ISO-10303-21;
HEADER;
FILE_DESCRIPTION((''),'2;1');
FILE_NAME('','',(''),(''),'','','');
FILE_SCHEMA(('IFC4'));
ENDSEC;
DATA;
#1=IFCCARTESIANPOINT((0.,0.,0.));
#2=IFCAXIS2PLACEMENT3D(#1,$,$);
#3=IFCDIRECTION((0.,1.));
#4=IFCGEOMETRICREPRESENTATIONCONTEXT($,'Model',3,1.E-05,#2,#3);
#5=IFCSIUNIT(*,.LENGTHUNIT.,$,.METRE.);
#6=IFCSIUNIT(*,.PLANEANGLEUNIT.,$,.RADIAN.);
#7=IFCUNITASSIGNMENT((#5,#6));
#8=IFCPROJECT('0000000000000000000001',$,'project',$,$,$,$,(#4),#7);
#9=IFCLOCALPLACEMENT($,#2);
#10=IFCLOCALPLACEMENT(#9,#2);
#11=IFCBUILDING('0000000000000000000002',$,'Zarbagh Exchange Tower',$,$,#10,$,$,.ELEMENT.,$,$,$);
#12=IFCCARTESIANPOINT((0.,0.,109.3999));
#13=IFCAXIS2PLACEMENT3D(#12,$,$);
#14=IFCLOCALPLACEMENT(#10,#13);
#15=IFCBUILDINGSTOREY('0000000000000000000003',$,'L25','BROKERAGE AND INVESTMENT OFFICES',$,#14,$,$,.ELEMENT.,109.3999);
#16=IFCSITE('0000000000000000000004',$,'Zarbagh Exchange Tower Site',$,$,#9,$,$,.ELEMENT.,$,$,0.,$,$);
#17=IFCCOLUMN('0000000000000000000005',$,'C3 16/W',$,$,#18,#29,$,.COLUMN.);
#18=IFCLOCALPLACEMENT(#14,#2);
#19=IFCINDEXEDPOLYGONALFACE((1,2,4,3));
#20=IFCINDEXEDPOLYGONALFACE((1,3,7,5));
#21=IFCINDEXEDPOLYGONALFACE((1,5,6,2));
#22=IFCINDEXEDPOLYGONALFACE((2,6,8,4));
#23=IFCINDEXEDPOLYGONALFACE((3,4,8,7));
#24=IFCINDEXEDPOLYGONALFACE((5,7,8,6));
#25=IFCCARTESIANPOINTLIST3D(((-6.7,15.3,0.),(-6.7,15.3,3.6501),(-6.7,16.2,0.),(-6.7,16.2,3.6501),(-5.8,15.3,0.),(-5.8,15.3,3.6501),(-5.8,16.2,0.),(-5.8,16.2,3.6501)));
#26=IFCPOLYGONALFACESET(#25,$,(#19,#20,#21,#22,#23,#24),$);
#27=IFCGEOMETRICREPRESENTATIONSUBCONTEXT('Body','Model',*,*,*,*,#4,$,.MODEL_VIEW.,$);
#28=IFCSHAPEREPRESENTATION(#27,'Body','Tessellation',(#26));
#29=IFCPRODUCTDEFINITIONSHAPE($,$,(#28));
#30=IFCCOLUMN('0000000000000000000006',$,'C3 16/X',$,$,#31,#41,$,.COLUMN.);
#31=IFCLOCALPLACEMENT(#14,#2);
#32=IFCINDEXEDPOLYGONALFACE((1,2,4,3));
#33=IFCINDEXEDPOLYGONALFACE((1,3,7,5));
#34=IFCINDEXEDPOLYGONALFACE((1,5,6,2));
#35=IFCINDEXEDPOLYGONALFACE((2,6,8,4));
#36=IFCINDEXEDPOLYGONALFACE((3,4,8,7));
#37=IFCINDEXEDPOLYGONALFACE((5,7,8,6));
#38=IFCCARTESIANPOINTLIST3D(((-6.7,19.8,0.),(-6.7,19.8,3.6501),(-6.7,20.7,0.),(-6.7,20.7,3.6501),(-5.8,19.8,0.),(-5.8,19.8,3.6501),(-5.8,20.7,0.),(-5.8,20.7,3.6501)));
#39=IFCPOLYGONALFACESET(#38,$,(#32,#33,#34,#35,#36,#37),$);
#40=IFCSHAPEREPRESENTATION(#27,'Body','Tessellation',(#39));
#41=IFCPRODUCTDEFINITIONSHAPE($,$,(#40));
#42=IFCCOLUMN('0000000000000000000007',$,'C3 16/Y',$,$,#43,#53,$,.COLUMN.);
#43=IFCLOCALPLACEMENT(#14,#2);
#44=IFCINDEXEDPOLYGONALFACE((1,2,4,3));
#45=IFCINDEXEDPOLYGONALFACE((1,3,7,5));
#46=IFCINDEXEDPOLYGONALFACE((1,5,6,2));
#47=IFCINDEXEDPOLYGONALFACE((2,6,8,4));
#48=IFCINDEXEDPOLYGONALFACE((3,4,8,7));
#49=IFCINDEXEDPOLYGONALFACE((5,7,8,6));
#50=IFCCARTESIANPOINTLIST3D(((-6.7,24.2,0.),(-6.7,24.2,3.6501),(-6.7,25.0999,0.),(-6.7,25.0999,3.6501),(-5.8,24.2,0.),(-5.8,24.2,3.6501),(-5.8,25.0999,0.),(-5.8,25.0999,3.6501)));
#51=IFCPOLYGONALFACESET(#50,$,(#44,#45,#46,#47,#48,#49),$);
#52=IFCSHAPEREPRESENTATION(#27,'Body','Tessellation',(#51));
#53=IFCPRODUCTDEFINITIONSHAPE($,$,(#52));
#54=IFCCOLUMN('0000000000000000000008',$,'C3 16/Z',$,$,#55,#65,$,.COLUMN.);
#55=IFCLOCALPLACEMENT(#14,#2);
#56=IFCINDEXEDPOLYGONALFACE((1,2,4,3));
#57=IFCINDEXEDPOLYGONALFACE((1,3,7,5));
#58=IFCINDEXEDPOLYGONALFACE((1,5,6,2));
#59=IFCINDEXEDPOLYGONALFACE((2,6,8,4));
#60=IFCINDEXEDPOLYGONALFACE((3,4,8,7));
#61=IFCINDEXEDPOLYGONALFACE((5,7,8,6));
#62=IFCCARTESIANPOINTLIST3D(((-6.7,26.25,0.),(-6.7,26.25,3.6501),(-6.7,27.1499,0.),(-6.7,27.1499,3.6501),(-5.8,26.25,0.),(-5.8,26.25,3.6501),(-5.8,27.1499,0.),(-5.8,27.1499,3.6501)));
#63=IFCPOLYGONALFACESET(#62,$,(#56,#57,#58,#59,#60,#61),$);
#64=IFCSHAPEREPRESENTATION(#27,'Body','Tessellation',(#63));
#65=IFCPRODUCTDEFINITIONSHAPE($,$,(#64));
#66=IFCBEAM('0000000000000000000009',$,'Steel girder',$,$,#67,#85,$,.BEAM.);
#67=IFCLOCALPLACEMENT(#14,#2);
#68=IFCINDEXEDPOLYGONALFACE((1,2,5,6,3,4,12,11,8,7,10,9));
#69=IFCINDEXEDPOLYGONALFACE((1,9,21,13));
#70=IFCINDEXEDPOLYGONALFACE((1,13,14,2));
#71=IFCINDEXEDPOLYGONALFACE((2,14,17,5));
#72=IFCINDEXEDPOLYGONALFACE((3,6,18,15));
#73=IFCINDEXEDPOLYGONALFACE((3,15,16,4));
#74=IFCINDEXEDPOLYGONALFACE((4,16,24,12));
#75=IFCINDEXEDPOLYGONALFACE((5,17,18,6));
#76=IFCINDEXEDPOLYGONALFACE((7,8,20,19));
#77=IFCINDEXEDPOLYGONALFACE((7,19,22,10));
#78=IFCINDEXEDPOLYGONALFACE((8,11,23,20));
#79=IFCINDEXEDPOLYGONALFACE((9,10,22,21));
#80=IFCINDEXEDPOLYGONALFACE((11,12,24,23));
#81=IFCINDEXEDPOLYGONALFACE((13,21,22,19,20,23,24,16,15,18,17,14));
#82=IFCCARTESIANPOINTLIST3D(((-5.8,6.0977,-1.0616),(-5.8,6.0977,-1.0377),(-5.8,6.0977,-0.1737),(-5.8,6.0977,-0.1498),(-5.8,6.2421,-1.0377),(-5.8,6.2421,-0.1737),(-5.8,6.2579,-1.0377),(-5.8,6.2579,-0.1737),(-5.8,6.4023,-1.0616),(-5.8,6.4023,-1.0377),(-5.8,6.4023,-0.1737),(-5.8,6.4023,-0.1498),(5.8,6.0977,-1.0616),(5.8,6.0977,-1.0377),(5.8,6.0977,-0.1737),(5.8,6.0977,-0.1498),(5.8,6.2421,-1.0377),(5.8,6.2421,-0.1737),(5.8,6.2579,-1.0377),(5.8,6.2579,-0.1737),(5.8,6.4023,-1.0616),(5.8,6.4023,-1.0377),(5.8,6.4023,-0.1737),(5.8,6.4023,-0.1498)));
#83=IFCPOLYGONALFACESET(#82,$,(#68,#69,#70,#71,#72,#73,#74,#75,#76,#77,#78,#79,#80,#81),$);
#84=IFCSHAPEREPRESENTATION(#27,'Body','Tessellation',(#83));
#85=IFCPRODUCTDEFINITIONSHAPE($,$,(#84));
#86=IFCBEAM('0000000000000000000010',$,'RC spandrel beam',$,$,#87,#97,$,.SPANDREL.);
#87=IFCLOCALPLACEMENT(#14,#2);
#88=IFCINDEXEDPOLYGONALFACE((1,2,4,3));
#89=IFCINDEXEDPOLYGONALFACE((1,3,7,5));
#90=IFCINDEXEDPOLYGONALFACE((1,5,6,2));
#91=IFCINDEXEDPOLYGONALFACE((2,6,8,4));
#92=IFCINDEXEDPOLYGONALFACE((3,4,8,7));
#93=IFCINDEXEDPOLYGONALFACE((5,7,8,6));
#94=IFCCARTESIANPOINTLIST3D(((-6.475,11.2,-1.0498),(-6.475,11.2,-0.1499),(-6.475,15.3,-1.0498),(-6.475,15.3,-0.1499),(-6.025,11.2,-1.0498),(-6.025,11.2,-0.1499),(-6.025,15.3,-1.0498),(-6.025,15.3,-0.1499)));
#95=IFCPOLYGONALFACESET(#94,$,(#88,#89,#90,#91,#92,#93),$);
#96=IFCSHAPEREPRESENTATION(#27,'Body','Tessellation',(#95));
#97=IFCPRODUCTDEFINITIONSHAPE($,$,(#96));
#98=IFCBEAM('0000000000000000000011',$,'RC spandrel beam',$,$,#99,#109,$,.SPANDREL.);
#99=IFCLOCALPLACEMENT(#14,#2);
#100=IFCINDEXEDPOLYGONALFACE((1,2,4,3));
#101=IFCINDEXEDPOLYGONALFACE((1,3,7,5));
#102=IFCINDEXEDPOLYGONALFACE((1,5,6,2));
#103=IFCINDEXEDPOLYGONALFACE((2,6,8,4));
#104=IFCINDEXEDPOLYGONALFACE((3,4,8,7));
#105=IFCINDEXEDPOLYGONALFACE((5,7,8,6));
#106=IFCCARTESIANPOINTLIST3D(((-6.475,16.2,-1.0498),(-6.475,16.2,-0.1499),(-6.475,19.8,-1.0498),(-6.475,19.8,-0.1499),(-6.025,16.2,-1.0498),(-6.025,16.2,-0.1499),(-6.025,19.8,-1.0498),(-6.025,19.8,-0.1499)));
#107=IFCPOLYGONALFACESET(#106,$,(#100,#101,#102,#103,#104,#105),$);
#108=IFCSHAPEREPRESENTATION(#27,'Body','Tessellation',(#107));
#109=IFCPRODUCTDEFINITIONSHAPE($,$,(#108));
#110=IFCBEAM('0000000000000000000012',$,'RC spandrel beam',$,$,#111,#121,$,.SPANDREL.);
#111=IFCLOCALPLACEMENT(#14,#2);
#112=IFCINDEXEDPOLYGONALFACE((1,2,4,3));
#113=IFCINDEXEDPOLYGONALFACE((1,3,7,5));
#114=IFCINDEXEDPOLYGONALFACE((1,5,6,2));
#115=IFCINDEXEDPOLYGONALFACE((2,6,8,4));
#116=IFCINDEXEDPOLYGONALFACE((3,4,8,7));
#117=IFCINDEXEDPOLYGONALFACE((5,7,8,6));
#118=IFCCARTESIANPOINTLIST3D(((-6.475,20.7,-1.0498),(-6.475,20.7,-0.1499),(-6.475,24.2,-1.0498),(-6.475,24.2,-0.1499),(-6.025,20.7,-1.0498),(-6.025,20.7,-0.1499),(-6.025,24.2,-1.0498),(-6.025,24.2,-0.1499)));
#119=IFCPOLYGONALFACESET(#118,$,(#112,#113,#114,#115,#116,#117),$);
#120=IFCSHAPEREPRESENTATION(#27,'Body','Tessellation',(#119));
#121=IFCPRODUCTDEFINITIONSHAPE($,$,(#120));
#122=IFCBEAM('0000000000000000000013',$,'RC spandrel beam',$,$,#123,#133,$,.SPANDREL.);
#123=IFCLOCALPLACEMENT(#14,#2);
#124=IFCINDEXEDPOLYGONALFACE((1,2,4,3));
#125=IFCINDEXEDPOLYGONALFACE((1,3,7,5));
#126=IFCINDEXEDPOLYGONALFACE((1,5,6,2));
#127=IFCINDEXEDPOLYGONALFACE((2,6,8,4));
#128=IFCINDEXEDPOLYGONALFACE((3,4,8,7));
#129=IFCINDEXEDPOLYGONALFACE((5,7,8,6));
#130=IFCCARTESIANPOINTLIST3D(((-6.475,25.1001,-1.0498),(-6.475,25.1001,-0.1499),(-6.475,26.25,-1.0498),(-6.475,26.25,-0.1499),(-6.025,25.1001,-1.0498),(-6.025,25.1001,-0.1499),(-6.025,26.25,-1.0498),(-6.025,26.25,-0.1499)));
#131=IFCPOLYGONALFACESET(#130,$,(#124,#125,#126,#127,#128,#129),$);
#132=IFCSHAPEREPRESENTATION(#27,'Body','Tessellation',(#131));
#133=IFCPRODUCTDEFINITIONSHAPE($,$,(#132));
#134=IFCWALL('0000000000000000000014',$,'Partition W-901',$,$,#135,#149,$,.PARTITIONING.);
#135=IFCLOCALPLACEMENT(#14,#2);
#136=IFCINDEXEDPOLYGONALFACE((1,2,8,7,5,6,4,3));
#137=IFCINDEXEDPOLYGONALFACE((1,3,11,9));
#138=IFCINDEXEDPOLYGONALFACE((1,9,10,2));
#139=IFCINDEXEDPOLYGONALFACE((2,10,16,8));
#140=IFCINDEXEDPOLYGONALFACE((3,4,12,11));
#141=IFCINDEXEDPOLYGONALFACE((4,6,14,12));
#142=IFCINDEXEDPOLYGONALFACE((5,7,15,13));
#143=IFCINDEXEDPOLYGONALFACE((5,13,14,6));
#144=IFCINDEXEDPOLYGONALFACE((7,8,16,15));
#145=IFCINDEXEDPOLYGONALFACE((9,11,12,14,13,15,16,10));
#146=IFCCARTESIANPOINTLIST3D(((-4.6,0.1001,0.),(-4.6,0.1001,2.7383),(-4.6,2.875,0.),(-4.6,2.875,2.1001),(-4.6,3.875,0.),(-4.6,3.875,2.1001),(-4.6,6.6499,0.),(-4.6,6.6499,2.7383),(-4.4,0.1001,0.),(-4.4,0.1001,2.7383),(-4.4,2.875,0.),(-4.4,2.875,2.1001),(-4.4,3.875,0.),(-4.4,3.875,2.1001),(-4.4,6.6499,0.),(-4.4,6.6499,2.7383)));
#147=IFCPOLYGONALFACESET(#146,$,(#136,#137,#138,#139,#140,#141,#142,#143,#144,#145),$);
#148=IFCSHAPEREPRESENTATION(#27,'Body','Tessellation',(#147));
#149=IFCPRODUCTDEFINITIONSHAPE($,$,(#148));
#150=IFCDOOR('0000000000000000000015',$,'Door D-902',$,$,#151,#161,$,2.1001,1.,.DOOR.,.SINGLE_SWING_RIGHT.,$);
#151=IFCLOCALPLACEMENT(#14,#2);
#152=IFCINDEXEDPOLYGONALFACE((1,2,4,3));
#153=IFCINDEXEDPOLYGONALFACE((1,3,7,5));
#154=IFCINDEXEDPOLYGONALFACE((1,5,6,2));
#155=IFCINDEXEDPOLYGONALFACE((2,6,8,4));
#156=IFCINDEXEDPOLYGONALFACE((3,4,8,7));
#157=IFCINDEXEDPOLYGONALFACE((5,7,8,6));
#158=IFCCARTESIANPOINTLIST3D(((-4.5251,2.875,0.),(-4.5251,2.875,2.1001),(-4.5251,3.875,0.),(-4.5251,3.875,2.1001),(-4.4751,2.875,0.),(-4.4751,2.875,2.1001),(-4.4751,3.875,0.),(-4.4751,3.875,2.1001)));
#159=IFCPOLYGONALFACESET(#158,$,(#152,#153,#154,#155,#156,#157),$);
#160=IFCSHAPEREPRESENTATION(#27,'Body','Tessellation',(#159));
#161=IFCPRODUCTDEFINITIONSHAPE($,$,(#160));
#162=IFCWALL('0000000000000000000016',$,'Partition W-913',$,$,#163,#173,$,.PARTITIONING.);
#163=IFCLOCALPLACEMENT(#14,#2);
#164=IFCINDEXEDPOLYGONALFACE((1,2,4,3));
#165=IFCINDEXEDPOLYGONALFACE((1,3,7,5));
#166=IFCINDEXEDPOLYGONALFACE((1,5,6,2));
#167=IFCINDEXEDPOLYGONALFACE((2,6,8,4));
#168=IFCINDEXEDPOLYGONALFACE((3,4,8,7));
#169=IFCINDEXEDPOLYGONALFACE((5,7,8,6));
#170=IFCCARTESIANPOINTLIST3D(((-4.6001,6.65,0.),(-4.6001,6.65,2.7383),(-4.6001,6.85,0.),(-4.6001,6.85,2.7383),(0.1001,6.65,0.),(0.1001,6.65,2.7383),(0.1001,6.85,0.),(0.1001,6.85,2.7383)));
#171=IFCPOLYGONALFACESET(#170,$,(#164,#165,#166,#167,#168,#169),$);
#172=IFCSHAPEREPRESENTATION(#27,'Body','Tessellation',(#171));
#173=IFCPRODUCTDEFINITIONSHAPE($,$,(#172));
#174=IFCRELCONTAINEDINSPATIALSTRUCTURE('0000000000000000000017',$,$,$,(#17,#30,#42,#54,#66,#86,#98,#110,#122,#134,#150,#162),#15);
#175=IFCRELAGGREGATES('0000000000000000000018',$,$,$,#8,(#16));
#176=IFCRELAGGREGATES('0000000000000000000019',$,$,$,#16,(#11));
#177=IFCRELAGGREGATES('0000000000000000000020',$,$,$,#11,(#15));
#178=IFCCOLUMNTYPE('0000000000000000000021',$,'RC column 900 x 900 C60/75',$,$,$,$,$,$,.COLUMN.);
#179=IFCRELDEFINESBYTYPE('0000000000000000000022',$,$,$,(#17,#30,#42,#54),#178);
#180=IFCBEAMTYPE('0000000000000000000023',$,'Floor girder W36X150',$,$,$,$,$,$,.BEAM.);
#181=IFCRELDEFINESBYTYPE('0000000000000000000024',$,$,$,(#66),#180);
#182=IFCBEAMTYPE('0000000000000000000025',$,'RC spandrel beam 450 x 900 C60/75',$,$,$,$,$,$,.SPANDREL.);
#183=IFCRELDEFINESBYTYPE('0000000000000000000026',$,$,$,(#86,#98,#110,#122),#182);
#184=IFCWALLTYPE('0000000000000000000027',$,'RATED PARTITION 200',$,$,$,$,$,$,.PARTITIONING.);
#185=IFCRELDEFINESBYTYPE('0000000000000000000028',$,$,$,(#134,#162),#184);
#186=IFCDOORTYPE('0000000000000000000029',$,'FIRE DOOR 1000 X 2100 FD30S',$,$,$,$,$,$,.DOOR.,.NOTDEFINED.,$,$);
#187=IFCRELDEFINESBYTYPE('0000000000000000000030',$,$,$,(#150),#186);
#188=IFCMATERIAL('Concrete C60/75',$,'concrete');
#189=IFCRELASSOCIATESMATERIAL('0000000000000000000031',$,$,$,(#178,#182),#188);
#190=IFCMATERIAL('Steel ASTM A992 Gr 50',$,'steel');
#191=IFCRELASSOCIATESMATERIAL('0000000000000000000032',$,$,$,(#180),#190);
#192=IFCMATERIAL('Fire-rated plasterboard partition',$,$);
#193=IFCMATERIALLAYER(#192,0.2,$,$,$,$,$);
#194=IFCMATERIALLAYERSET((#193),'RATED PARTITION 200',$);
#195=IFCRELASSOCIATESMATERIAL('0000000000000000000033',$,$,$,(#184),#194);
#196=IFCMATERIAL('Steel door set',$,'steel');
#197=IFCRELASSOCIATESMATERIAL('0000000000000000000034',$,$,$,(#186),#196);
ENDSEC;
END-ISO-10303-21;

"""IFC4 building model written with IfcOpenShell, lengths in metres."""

from ifc_helpers import new_model, si_unit, direction, frame, frame_2d, origin, origin_2d, place, context, subcontext, project, spatial, rectangle, i_section, extrude, material, layer, layer_set, material_profile, profile_set, type_object, element, fill, save


model = new_model("IFC4")

# Units and contexts
model_context = context("Model", 3, precision=1e-05, world=origin(), true_north=direction((0.0, 1.0)))
body_context = subcontext(model_context, "Body", "Model", "MODEL_VIEW")
ifc_project = project(units=[si_unit("LENGTHUNIT", "METRE"), si_unit("PLANEANGLEUNIT", "RADIAN")], contexts=[model_context])

# Site, building, storey
site_placement = place(None, origin())
site = spatial("IfcSite", under=ifc_project, at=site_placement, Name="Zarbagh Exchange Tower Site", CompositionType="ELEMENT", RefElevation=0.0)
building_placement = place(site_placement, origin())
building = spatial("IfcBuilding", under=site, at=building_placement, Name="Zarbagh Exchange Tower", CompositionType="ELEMENT")
storey_placement = place(building_placement, frame((0.0, 0.0, 109.3999)))
storey = spatial("IfcBuildingStorey", under=building, at=storey_placement, Name="L25", Description="BROKERAGE AND INVESTMENT OFFICES", CompositionType="ELEMENT", Elevation=109.3999)

# Columns
ifc_material_1 = material(Name="Concrete C60/75", Category="concrete")
ifc_material_profile_1 = material_profile(ifc_material_1, rectangle(XDim=0.8999, YDim=0.8999, at=origin_2d()), Name="RC column 900 x 900 C60/75")
ifc_profile_set_1 = profile_set([ifc_material_profile_1], Name="Concrete C60/75")
column_type = type_object("IfcColumnType", Name="RC column 900 x 900 C60/75", PredefinedType="COLUMN", material=ifc_profile_set_1)
for number, where, z_axis, x_axis, name in (
    (1, (-6.25, 15.75, 0.0), (0.0, 0.0, 1.0), (1.0, 0.0, 0.0), "C3 16/W"),
    (2, (-6.25, 20.25, 0.0), (0.0, 0.0, 1.0), (1.0, 0.0, 0.0), "C3 16/X"),
    (3, (-6.25, 24.6499, 0.0), (0.0, 0.0, 1.0), (1.0, 0.0, 0.0), "C3 16/Y"),
    (4, (-6.25, 26.7, 0.0), (0.0, 0.0, 1.0), (1.0, 0.0, 0.0), "C3 16/Z"),
):
    element("IfcColumn", number, at=place(storey_placement, frame(where, z_axis=z_axis, x_axis=x_axis)), inside=storey, type_object=column_type, Name=name, PredefinedType="COLUMN", context=body_context, shape_type="SweptSolid", body=[
        extrude(rectangle(XDim=0.8999, YDim=0.8999, at=origin_2d()), origin(), (0.0, 0.0, 1.0), 3.6501),
    ])

# Beams
ifc_material_2 = material(Name="Steel ASTM A992 Gr 50", Category="steel")
ifc_material_profile_2 = material_profile(ifc_material_2, i_section(OverallWidth=0.3047, OverallDepth=0.9119, WebThickness=0.0159, FlangeThickness=0.0239, at=origin_2d()), Name="W36X150")
ifc_profile_set_2 = profile_set([ifc_material_profile_2], Name="Steel ASTM A992 Gr 50")
beam_type_1 = type_object("IfcBeamType", Name="Floor girder W36X150", PredefinedType="BEAM", material=ifc_profile_set_2)
beam_1_placement = place(storey_placement, frame((-5.8, 6.25, -0.6057), z_axis=(1.0, 0.0, 0.0), x_axis=(0.0, 1.0, 0.0)))
element("IfcBeam", 5, at=beam_1_placement, inside=storey, type_object=beam_type_1, Name="Steel girder", PredefinedType="BEAM", context=body_context, shape_type="SweptSolid", body=[
    extrude(i_section(OverallWidth=0.3047, OverallDepth=0.9119, WebThickness=0.0159, FlangeThickness=0.0239, at=origin_2d()), origin(), (0.0, 0.0, 1.0), 11.6001),
])
ifc_material_profile_3 = material_profile(ifc_material_1, rectangle(XDim=0.45, YDim=0.8999, at=origin_2d()), Name="RC spandrel beam 450 x 900 C60/75")
ifc_profile_set_3 = profile_set([ifc_material_profile_3], Name="Concrete C60/75")
beam_type_2 = type_object("IfcBeamType", Name="RC spandrel beam 450 x 900 C60/75", PredefinedType="SPANDREL", material=ifc_profile_set_3)
beam_2_placement = place(storey_placement, frame((-6.25, 11.2, -0.5999), z_axis=(0.0, 1.0, 0.0), x_axis=(-1.0, 0.0, 0.0)))
element("IfcBeam", 6, at=beam_2_placement, inside=storey, type_object=beam_type_2, Name="RC spandrel beam", PredefinedType="SPANDREL", context=body_context, shape_type="SweptSolid", body=[
    extrude(rectangle(XDim=0.45, YDim=0.8999, at=origin_2d()), origin(), (0.0, 0.0, 1.0), 4.1001),
])
beam_3_placement = place(storey_placement, frame((-6.25, 16.2, -0.5999), z_axis=(0.0, 1.0, 0.0), x_axis=(-1.0, 0.0, 0.0)))
element("IfcBeam", 7, at=beam_3_placement, inside=storey, type_object=beam_type_2, Name="RC spandrel beam", PredefinedType="SPANDREL", context=body_context, shape_type="SweptSolid", body=[
    extrude(rectangle(XDim=0.45, YDim=0.8999, at=origin_2d()), origin(), (0.0, 0.0, 1.0), 3.6001),
])
beam_4_placement = place(storey_placement, frame((-6.25, 20.7, -0.5999), z_axis=(0.0, 1.0, 0.0), x_axis=(-1.0, 0.0, 0.0)))
element("IfcBeam", 8, at=beam_4_placement, inside=storey, type_object=beam_type_2, Name="RC spandrel beam", PredefinedType="SPANDREL", context=body_context, shape_type="SweptSolid", body=[
    extrude(rectangle(XDim=0.45, YDim=0.8999, at=origin_2d()), origin(), (0.0, 0.0, 1.0), 3.5),
])
beam_5_placement = place(storey_placement, frame((-6.25, 25.1001, -0.5999), z_axis=(0.0, 1.0, 0.0), x_axis=(-1.0, 0.0, 0.0)))
element("IfcBeam", 9, at=beam_5_placement, inside=storey, type_object=beam_type_2, Name="RC spandrel beam", PredefinedType="SPANDREL", context=body_context, shape_type="SweptSolid", body=[
    extrude(rectangle(XDim=0.45, YDim=0.8999, at=origin_2d()), origin(), (0.0, 0.0, 1.0), 1.1499),
])

# Wall, opening, door
ifc_material_3 = material(Name="Fire-rated plasterboard partition")
ifc_layer_1 = layer(ifc_material_3, 0.2)
ifc_layer_set_1 = layer_set([ifc_layer_1], Name="RATED PARTITION 200")
wall_type_1 = type_object("IfcWallType", Name="RATED PARTITION 200", PredefinedType="PARTITIONING", material=ifc_layer_set_1)
wall_1_placement = place(storey_placement, frame((-4.5, 6.6499, 0.0), z_axis=(0.0, 0.0, 1.0), x_axis=(0.0, -1.0, 0.0)))
wall_1 = element("IfcWall", 10, at=wall_1_placement, inside=storey, type_object=wall_type_1, Name="Partition W-901", PredefinedType="PARTITIONING", context=body_context, shape_type="SweptSolid", body=[
    extrude(rectangle(XDim=6.5498, YDim=0.2, at=frame_2d((3.2749, 0.0))), origin(), (0.0, 0.0, 1.0), 2.7383),
])
opening_1_placement = place(wall_1_placement, frame((2.7749, 0.0, 0.0)))
opening_1 = element("IfcOpeningElement", 11, at=opening_1_placement, cuts=wall_1, PredefinedType="OPENING", context=body_context, shape_type="SweptSolid", body=[
    extrude(rectangle(XDim=1.0, YDim=2.1001, at=frame_2d((0.5, 1.05))), frame((0.0, 0.1099, 0.0), z_axis=(0.0, -1.0, 0.0), x_axis=(1.0, 0.0, 0.0)), (0.0, 0.0, 1.0), 0.22),
])
ifc_material_4 = material(Name="Steel door set", Category="steel")
door_type_1 = type_object("IfcDoorType", Name="FIRE DOOR 1000 X 2100 FD30S", OperationType="NOTDEFINED", PredefinedType="DOOR", material=ifc_material_4)
door_1_placement = place(opening_1_placement, origin())
door_1 = element("IfcDoor", 12, at=door_1_placement, inside=storey, type_object=door_type_1, Name="Door D-902", OperationType="SINGLE_SWING_RIGHT", OverallHeight=2.1001, OverallWidth=1.0, PredefinedType="DOOR", context=body_context, shape_type="SweptSolid", body=[
    extrude(rectangle(XDim=1.0, YDim=2.1001, at=frame_2d((0.5, 1.05))), frame((0.0, 0.0249, 0.0), z_axis=(0.0, -1.0, 0.0), x_axis=(1.0, 0.0, 0.0)), (0.0, 0.0, 1.0), 0.05),
])
fill(opening_1, door_1)

# Wall
wall_2_placement = place(storey_placement, frame((-4.6001, 6.75, 0.0), z_axis=(0.0, 0.0, 1.0), x_axis=(1.0, 0.0, 0.0)))
element("IfcWall", 13, at=wall_2_placement, inside=storey, type_object=wall_type_1, Name="Partition W-913", PredefinedType="PARTITIONING", context=body_context, shape_type="SweptSolid", body=[
    extrude(rectangle(XDim=4.7002, YDim=0.2, at=frame_2d((2.3501, 0.0))), origin(), (0.0, 0.0, 1.0), 2.7383),
])

save(model, "model.ifc")
